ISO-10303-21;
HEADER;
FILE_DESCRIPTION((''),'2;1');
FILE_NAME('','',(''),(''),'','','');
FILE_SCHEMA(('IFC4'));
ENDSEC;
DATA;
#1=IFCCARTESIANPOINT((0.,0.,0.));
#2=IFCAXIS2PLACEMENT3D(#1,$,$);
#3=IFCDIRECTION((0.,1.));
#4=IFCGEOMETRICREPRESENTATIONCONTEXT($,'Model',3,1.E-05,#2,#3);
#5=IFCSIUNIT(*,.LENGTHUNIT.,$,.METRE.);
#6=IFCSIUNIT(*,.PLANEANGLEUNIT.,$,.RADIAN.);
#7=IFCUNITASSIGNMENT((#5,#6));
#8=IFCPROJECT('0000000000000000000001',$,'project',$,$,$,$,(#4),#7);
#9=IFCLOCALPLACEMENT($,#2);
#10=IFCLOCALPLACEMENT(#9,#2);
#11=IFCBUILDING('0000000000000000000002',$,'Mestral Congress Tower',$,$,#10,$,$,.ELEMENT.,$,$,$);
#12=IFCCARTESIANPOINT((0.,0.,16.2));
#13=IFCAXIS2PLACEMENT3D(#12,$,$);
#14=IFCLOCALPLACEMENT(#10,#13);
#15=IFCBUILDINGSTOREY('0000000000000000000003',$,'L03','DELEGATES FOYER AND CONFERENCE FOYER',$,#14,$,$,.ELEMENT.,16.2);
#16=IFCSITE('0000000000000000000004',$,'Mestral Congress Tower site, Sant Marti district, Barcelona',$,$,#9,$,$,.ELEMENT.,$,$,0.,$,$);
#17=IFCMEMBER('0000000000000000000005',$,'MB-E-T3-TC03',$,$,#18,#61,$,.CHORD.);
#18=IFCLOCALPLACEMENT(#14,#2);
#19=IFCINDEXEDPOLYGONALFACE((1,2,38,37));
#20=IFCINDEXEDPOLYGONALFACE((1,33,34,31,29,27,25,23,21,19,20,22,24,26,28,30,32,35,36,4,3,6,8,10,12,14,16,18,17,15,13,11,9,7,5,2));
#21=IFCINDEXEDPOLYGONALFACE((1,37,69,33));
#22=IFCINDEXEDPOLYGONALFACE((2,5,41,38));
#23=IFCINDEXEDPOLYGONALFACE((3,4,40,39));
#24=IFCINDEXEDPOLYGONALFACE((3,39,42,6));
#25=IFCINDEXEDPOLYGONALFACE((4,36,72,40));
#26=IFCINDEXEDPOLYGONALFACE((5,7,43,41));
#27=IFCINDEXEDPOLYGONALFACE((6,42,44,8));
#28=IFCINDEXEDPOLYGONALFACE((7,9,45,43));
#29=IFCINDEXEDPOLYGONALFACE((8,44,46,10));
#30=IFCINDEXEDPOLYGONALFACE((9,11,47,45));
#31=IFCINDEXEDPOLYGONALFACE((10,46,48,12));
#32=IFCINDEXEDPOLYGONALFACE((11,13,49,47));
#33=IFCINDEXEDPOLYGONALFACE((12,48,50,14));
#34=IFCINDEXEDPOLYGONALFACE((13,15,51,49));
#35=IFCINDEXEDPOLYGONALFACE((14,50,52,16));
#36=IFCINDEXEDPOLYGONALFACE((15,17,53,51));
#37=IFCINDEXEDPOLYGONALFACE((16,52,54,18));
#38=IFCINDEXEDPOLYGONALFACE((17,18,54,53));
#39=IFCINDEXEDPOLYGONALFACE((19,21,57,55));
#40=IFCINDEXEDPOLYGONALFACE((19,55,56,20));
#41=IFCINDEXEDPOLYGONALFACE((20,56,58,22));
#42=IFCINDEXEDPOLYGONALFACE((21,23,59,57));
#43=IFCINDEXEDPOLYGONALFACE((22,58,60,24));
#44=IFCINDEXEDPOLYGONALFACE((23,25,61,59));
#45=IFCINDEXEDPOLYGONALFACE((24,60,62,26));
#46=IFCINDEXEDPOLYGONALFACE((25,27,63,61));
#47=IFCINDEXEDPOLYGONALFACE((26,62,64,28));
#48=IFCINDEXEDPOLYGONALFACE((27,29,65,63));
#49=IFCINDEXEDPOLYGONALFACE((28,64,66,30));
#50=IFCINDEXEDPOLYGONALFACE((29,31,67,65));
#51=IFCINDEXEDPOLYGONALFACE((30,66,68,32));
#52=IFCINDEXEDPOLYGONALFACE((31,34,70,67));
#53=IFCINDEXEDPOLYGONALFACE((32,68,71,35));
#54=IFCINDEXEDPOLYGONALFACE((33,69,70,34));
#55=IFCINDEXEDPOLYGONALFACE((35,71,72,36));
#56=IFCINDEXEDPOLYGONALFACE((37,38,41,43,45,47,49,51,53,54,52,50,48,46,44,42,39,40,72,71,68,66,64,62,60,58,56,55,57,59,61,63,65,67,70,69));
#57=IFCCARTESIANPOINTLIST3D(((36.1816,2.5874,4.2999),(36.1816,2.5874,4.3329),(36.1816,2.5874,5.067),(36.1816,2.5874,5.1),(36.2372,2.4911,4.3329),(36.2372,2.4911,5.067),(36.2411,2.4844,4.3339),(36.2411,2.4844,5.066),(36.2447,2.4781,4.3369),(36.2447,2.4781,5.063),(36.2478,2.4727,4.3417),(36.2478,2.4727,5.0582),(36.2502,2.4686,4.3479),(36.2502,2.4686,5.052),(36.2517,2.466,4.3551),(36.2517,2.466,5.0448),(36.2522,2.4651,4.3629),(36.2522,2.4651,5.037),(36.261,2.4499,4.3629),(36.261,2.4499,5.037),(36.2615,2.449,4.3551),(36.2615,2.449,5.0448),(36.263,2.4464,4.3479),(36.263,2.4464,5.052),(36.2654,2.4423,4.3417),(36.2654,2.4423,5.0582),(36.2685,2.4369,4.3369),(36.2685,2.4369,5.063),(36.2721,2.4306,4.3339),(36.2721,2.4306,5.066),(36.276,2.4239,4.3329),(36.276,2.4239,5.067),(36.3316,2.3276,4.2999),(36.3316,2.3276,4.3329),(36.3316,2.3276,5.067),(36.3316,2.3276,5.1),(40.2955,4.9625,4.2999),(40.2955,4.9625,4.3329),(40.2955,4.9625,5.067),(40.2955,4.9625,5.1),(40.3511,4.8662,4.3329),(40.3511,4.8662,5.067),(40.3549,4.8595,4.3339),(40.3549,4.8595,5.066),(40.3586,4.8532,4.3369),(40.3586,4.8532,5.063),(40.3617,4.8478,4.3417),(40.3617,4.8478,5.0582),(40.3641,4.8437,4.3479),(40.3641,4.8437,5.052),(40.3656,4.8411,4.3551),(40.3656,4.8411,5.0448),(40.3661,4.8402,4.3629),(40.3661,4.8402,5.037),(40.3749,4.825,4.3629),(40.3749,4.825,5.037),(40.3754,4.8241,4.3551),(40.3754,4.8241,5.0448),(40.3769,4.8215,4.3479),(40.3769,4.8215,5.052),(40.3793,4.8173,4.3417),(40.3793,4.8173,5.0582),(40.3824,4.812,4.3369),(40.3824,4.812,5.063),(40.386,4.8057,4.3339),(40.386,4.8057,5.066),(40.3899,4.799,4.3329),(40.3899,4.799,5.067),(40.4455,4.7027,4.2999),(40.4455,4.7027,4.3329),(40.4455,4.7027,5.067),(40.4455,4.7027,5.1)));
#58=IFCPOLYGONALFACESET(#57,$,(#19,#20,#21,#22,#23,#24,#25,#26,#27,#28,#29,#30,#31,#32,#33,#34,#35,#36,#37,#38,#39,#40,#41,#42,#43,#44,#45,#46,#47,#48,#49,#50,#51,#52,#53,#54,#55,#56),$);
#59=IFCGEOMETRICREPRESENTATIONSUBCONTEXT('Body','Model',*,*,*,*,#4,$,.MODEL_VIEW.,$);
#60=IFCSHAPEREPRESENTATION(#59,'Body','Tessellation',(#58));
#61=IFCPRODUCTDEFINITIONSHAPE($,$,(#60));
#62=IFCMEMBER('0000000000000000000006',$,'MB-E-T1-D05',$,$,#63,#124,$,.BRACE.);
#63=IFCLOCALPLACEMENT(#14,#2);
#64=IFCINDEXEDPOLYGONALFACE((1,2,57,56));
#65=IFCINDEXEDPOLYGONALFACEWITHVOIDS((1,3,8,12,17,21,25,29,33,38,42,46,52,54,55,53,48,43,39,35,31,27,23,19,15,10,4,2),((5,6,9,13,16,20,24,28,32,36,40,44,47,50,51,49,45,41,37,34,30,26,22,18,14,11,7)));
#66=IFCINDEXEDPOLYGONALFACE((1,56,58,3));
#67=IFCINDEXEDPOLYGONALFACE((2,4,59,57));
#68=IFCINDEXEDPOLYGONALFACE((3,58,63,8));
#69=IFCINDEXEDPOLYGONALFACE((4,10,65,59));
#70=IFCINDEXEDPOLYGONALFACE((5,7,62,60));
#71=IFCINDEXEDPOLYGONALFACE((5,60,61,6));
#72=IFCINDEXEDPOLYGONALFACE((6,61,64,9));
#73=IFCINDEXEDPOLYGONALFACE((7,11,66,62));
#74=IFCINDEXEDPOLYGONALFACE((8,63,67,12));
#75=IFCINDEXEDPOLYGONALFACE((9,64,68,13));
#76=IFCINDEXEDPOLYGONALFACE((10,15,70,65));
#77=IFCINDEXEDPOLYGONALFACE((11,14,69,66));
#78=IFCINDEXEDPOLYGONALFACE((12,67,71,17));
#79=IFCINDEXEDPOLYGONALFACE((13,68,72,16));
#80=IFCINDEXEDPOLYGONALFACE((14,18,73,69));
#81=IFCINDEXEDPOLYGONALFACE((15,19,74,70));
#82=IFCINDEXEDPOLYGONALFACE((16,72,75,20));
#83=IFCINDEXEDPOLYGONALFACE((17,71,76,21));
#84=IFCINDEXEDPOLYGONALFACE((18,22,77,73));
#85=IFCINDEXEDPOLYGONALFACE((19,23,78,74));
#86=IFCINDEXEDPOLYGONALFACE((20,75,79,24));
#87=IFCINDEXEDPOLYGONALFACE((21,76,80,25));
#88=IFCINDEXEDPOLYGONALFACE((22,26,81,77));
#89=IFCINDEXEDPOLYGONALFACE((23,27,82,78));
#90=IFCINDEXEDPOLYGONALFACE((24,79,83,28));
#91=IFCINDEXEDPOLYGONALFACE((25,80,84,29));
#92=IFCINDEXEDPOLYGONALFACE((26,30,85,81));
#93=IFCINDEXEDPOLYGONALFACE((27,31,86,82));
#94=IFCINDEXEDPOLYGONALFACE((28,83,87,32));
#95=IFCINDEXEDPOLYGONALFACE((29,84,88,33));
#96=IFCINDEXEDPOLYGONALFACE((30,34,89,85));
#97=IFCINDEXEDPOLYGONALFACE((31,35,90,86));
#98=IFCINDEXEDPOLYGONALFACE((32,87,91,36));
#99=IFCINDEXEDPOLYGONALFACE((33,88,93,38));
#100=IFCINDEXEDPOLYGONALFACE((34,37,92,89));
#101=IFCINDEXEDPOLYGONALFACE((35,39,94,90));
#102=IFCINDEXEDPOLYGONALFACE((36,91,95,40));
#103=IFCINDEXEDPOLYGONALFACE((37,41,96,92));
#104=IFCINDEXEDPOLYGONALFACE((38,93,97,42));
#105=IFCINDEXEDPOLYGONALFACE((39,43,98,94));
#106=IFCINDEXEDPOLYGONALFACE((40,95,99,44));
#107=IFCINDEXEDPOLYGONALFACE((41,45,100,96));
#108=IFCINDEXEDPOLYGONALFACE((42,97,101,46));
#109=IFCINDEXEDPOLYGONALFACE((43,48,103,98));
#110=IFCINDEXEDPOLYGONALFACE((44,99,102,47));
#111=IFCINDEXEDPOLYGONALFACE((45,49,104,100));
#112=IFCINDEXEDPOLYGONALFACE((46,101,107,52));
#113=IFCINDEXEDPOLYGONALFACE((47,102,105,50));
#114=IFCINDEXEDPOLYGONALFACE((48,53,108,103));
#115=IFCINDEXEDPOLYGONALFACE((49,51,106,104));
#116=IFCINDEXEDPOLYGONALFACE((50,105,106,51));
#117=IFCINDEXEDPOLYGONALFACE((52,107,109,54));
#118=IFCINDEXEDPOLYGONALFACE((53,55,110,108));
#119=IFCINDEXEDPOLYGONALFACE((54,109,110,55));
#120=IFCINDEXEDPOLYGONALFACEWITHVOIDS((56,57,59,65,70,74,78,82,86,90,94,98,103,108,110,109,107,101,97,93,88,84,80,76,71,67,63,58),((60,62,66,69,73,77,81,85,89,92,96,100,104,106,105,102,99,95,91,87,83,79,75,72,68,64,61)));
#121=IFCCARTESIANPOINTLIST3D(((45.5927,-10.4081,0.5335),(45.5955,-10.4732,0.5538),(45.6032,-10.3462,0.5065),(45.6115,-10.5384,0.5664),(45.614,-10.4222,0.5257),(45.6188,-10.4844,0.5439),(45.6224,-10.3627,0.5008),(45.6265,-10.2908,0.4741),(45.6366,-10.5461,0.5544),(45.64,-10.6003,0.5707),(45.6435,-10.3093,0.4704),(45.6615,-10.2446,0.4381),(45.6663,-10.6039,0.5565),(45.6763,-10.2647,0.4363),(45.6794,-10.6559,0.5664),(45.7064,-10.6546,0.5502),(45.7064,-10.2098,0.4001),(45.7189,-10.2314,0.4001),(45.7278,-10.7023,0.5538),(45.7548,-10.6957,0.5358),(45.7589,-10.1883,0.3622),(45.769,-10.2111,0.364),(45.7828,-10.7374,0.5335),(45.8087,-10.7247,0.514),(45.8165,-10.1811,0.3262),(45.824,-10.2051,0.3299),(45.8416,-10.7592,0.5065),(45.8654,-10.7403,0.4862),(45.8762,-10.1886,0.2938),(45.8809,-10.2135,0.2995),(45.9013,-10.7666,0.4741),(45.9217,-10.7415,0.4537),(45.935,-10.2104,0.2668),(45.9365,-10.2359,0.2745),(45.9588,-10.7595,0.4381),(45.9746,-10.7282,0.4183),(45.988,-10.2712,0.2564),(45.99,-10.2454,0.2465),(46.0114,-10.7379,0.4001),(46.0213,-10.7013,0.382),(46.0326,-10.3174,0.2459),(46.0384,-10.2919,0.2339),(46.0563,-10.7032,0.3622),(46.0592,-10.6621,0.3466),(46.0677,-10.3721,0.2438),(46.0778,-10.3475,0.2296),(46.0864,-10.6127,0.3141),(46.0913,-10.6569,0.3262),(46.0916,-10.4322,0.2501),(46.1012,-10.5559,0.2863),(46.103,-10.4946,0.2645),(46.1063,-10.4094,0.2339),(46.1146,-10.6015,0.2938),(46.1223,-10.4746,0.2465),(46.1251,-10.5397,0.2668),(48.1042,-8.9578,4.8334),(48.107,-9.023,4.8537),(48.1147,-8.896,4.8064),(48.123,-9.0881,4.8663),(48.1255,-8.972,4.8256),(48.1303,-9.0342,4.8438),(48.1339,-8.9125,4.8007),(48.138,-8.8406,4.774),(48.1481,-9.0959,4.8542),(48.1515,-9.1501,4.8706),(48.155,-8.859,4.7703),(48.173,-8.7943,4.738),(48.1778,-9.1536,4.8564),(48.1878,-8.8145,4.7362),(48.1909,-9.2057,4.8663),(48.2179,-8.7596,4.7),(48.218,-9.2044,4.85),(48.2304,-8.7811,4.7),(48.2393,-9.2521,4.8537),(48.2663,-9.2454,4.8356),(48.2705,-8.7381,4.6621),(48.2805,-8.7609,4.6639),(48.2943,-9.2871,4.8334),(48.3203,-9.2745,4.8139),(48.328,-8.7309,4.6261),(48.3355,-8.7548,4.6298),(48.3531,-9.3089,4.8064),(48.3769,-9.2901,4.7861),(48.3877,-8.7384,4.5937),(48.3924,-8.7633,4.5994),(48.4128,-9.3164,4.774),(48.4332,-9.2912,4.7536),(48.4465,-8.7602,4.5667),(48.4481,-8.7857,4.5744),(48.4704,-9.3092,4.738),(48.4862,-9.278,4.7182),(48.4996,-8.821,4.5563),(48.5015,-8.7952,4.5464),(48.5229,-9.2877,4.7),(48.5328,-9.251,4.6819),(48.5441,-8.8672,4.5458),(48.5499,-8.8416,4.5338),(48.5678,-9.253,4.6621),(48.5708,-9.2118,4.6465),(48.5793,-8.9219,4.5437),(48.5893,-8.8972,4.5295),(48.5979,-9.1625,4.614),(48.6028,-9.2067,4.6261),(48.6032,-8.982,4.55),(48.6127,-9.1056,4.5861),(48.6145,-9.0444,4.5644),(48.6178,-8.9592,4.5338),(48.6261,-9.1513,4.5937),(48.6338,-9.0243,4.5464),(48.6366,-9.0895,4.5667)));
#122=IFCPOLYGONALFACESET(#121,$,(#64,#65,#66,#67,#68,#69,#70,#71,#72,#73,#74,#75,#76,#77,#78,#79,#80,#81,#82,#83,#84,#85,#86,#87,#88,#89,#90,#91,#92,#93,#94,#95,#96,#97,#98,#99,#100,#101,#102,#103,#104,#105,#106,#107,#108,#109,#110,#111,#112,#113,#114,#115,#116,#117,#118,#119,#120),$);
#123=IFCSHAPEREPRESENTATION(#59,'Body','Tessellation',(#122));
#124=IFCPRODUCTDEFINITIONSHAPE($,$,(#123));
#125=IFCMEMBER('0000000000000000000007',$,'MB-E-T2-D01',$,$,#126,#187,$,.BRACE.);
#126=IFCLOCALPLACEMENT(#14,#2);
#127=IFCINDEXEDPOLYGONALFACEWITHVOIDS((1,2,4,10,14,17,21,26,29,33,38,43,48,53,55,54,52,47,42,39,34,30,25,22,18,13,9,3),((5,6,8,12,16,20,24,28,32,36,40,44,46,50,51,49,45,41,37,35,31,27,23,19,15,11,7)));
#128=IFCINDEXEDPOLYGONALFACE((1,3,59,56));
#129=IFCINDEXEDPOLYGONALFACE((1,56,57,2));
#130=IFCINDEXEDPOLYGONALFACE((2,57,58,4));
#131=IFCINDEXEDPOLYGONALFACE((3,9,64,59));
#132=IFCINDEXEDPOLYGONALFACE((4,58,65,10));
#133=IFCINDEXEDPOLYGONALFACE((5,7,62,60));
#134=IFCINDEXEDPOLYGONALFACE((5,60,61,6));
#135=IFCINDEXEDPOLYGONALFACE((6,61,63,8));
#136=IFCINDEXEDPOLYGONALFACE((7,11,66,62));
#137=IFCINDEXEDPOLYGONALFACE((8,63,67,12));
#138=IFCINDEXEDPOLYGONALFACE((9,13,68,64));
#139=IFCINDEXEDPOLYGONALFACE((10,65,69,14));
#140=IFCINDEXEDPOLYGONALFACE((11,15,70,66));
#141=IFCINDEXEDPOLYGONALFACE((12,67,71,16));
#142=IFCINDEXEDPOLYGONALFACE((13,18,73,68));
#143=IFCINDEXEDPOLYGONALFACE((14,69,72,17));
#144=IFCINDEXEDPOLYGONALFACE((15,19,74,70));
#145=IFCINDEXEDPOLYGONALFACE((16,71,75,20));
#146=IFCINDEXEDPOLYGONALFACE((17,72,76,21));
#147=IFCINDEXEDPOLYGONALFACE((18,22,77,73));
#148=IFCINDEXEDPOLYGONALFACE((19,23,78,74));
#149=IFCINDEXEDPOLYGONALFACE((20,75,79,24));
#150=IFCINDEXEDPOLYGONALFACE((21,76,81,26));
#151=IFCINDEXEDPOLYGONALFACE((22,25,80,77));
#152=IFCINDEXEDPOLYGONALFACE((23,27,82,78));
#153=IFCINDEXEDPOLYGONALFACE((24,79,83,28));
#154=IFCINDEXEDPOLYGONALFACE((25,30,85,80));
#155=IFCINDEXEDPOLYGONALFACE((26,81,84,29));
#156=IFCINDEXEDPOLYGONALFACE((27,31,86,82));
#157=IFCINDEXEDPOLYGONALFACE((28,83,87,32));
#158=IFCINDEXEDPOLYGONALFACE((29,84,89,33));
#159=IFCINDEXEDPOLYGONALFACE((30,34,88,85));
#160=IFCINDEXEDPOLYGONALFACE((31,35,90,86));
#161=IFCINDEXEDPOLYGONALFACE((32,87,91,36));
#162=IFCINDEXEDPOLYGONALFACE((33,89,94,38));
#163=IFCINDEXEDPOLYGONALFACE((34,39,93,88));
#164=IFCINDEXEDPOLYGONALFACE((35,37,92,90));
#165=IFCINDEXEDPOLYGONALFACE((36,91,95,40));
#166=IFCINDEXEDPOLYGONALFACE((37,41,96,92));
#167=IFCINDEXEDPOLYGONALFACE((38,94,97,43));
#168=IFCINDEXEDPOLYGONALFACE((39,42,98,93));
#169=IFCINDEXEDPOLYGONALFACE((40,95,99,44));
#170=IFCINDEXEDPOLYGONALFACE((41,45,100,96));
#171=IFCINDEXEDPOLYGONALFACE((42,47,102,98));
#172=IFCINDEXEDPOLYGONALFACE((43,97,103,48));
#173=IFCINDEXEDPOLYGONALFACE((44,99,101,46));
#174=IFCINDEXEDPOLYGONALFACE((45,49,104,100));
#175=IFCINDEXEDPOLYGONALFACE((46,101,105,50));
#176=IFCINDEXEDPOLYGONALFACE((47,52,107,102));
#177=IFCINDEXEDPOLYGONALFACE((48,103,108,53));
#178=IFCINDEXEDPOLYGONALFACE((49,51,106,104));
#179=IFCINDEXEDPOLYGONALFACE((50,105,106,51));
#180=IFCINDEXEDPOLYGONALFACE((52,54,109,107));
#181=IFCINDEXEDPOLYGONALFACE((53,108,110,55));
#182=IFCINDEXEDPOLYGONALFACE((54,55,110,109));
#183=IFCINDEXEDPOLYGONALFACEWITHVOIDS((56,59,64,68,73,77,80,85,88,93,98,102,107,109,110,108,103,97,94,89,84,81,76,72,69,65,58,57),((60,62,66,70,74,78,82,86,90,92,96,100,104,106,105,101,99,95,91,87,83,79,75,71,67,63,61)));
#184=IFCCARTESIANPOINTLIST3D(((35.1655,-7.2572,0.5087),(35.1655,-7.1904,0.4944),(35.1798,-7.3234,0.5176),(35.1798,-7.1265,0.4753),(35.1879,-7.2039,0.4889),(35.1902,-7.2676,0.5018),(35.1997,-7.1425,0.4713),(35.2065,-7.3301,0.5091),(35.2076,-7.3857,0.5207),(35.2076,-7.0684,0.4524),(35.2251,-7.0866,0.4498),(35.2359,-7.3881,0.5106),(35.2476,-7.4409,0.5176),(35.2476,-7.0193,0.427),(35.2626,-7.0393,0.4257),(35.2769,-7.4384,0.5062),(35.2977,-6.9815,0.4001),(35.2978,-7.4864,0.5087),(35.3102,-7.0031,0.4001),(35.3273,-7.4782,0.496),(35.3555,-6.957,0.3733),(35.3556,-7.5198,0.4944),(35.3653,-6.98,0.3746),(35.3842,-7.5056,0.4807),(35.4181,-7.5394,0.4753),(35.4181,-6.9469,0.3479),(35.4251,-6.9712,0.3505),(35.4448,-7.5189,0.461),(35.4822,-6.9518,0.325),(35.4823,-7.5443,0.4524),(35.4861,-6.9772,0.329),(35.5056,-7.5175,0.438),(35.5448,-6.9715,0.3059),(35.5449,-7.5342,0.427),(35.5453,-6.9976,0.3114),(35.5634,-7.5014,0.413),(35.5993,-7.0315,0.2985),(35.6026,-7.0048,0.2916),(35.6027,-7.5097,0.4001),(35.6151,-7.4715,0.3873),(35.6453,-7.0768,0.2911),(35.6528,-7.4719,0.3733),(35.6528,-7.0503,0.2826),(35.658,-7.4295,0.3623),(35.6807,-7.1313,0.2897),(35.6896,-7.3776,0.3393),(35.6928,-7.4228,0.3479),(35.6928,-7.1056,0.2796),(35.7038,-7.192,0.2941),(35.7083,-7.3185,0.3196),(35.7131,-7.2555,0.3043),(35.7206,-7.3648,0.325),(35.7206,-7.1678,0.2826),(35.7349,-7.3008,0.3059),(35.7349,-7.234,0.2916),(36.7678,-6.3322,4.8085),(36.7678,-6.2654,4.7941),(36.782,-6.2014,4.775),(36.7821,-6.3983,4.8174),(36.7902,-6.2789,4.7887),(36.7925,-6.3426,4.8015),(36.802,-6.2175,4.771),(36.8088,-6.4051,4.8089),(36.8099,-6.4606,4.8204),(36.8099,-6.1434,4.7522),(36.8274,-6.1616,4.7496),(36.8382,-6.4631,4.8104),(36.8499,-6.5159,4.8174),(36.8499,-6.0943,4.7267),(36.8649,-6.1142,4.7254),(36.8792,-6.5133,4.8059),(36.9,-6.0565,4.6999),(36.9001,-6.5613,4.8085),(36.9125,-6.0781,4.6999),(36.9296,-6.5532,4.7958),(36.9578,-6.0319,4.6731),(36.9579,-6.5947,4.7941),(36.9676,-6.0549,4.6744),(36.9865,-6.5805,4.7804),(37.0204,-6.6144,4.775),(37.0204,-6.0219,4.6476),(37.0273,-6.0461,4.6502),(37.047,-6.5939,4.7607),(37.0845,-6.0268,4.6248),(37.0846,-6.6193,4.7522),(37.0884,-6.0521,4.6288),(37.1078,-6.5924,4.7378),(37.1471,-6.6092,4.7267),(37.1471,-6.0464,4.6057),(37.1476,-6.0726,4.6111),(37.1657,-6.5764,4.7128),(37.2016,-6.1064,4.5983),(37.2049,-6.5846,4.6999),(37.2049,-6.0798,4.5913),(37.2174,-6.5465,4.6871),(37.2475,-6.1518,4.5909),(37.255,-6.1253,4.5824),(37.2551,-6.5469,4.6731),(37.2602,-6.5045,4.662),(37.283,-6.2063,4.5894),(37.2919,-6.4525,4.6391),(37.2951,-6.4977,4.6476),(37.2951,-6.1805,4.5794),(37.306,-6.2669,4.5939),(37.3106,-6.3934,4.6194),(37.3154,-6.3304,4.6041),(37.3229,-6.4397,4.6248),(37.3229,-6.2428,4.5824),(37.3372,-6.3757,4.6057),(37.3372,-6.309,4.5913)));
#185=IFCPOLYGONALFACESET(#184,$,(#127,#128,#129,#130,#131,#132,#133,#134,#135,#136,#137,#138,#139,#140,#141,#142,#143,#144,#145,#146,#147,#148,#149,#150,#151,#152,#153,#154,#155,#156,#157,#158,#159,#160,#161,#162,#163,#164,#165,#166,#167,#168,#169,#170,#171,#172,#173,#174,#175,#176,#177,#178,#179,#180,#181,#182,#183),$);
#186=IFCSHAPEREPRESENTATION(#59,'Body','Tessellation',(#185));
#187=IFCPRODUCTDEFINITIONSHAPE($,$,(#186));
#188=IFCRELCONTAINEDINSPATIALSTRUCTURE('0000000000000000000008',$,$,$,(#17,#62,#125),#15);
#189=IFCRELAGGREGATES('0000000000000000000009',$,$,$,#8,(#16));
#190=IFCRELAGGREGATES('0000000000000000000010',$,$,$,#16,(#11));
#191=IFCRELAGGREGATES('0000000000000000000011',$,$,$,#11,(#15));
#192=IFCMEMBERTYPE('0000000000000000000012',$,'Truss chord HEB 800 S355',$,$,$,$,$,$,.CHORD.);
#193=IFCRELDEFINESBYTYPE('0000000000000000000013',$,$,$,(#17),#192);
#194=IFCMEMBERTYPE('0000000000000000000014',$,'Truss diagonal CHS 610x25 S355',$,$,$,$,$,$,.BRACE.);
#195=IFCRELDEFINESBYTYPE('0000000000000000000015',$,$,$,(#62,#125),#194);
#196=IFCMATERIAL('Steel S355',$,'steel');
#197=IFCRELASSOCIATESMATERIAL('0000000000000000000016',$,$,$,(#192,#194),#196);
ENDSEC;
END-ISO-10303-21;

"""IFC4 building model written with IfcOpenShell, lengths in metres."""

from ifc_helpers import new_model, si_unit, direction, frame, origin, origin_2d, place, context, subcontext, project, spatial, hollow_circle, i_section, extrude, material, material_profile, profile_set, type_object, element, save


model = new_model("IFC4")

# Units and contexts
model_context = context("Model", 3, precision=1e-05, world=origin(), true_north=direction((0.0, 1.0)))
body_context = subcontext(model_context, "Body", "Model", "MODEL_VIEW")
ifc_project = project(units=[si_unit("LENGTHUNIT", "METRE"), si_unit("PLANEANGLEUNIT", "RADIAN")], contexts=[model_context])

# Site, building, storey
site_placement = place(None, origin())
site = spatial("IfcSite", under=ifc_project, at=site_placement, Name="Mestral Congress Tower site, Sant Marti district, Barcelona", CompositionType="ELEMENT", RefElevation=0.0)
building_placement = place(site_placement, origin())
building = spatial("IfcBuilding", under=site, at=building_placement, Name="Mestral Congress Tower", CompositionType="ELEMENT")
storey_placement = place(building_placement, frame((0.0, 0.0, 16.2)))
storey = spatial("IfcBuildingStorey", under=building, at=storey_placement, Name="L03", Description="DELEGATES FOYER AND CONFERENCE FOYER", CompositionType="ELEMENT", Elevation=16.2)

# Members
ifc_material_1 = material(Name="Steel S355", Category="steel")
ifc_material_profile_1 = material_profile(ifc_material_1, i_section(OverallWidth=0.3, OverallDepth=0.8, WebThickness=0.0176, FlangeThickness=0.033, FilletRadius=0.03, at=origin_2d()), Name="HEB 800")
ifc_profile_set_1 = profile_set([ifc_material_profile_1], Name="Steel S355")
member_type_1 = type_object("IfcMemberType", Name="Truss chord HEB 800 S355", PredefinedType="CHORD", material=ifc_profile_set_1)
member_1_placement = place(storey_placement, frame((36.2566, 2.4575, 4.7), z_axis=(0.866033, 0.499986, 0.0), x_axis=(-0.499986, 0.866033, 0.0)))
element("IfcMember", 1, at=member_1_placement, inside=storey, type_object=member_type_1, Name="MB-E-T3-TC03", PredefinedType="CHORD", context=body_context, shape_type="SweptSolid", body=[
    extrude(i_section(OverallWidth=0.3, OverallDepth=0.8, WebThickness=0.0176, FlangeThickness=0.033, FilletRadius=0.03, at=origin_2d()), origin(), (0.0, 0.0, 1.0), 4.7502),
])
ifc_material_profile_2 = material_profile(ifc_material_1, hollow_circle(Radius=0.3049, WallThickness=0.0249, at=origin_2d()), Name="CHS 610x25")
ifc_profile_set_2 = profile_set([ifc_material_profile_2], Name="Steel S355")
member_type_2 = type_object("IfcMemberType", Name="Truss diagonal CHS 610x25 S355", PredefinedType="BRACE", material=ifc_profile_set_2)
member_2_placement = place(storey_placement, frame((45.8589, -10.4739, 0.4001), z_axis=(0.484241, 0.279614, 0.829052), x_axis=(-0.50005, 0.865996, 0.0)))
element("IfcMember", 2, at=member_2_placement, inside=storey, type_object=member_type_2, Name="MB-E-T1-D05", PredefinedType="BRACE", context=body_context, shape_type="SweptSolid", body=[
    extrude(hollow_circle(Radius=0.3049, WallThickness=0.0249, at=origin_2d()), origin(), (0.0, 0.0, 1.0), 5.1865),
])
for number, where, z_axis, x_axis, name in (
    (3, (35.4502, -7.2456, 0.4001), (0.342301, 0.197619, 0.918573), (-0.499985, 0.866034, 0.0), "MB-E-T2-D01"),
):
    element("IfcMember", number, at=place(storey_placement, frame(where, z_axis=z_axis, x_axis=x_axis)), inside=storey, type_object=member_type_2, Name=name, PredefinedType="BRACE", context=body_context, shape_type="SweptSolid", body=[
        extrude(hollow_circle(Radius=0.3049, WallThickness=0.0249, at=origin_2d()), origin(), (0.0, 0.0, 1.0), 4.6809),
    ])

save(model, "model.ifc")
